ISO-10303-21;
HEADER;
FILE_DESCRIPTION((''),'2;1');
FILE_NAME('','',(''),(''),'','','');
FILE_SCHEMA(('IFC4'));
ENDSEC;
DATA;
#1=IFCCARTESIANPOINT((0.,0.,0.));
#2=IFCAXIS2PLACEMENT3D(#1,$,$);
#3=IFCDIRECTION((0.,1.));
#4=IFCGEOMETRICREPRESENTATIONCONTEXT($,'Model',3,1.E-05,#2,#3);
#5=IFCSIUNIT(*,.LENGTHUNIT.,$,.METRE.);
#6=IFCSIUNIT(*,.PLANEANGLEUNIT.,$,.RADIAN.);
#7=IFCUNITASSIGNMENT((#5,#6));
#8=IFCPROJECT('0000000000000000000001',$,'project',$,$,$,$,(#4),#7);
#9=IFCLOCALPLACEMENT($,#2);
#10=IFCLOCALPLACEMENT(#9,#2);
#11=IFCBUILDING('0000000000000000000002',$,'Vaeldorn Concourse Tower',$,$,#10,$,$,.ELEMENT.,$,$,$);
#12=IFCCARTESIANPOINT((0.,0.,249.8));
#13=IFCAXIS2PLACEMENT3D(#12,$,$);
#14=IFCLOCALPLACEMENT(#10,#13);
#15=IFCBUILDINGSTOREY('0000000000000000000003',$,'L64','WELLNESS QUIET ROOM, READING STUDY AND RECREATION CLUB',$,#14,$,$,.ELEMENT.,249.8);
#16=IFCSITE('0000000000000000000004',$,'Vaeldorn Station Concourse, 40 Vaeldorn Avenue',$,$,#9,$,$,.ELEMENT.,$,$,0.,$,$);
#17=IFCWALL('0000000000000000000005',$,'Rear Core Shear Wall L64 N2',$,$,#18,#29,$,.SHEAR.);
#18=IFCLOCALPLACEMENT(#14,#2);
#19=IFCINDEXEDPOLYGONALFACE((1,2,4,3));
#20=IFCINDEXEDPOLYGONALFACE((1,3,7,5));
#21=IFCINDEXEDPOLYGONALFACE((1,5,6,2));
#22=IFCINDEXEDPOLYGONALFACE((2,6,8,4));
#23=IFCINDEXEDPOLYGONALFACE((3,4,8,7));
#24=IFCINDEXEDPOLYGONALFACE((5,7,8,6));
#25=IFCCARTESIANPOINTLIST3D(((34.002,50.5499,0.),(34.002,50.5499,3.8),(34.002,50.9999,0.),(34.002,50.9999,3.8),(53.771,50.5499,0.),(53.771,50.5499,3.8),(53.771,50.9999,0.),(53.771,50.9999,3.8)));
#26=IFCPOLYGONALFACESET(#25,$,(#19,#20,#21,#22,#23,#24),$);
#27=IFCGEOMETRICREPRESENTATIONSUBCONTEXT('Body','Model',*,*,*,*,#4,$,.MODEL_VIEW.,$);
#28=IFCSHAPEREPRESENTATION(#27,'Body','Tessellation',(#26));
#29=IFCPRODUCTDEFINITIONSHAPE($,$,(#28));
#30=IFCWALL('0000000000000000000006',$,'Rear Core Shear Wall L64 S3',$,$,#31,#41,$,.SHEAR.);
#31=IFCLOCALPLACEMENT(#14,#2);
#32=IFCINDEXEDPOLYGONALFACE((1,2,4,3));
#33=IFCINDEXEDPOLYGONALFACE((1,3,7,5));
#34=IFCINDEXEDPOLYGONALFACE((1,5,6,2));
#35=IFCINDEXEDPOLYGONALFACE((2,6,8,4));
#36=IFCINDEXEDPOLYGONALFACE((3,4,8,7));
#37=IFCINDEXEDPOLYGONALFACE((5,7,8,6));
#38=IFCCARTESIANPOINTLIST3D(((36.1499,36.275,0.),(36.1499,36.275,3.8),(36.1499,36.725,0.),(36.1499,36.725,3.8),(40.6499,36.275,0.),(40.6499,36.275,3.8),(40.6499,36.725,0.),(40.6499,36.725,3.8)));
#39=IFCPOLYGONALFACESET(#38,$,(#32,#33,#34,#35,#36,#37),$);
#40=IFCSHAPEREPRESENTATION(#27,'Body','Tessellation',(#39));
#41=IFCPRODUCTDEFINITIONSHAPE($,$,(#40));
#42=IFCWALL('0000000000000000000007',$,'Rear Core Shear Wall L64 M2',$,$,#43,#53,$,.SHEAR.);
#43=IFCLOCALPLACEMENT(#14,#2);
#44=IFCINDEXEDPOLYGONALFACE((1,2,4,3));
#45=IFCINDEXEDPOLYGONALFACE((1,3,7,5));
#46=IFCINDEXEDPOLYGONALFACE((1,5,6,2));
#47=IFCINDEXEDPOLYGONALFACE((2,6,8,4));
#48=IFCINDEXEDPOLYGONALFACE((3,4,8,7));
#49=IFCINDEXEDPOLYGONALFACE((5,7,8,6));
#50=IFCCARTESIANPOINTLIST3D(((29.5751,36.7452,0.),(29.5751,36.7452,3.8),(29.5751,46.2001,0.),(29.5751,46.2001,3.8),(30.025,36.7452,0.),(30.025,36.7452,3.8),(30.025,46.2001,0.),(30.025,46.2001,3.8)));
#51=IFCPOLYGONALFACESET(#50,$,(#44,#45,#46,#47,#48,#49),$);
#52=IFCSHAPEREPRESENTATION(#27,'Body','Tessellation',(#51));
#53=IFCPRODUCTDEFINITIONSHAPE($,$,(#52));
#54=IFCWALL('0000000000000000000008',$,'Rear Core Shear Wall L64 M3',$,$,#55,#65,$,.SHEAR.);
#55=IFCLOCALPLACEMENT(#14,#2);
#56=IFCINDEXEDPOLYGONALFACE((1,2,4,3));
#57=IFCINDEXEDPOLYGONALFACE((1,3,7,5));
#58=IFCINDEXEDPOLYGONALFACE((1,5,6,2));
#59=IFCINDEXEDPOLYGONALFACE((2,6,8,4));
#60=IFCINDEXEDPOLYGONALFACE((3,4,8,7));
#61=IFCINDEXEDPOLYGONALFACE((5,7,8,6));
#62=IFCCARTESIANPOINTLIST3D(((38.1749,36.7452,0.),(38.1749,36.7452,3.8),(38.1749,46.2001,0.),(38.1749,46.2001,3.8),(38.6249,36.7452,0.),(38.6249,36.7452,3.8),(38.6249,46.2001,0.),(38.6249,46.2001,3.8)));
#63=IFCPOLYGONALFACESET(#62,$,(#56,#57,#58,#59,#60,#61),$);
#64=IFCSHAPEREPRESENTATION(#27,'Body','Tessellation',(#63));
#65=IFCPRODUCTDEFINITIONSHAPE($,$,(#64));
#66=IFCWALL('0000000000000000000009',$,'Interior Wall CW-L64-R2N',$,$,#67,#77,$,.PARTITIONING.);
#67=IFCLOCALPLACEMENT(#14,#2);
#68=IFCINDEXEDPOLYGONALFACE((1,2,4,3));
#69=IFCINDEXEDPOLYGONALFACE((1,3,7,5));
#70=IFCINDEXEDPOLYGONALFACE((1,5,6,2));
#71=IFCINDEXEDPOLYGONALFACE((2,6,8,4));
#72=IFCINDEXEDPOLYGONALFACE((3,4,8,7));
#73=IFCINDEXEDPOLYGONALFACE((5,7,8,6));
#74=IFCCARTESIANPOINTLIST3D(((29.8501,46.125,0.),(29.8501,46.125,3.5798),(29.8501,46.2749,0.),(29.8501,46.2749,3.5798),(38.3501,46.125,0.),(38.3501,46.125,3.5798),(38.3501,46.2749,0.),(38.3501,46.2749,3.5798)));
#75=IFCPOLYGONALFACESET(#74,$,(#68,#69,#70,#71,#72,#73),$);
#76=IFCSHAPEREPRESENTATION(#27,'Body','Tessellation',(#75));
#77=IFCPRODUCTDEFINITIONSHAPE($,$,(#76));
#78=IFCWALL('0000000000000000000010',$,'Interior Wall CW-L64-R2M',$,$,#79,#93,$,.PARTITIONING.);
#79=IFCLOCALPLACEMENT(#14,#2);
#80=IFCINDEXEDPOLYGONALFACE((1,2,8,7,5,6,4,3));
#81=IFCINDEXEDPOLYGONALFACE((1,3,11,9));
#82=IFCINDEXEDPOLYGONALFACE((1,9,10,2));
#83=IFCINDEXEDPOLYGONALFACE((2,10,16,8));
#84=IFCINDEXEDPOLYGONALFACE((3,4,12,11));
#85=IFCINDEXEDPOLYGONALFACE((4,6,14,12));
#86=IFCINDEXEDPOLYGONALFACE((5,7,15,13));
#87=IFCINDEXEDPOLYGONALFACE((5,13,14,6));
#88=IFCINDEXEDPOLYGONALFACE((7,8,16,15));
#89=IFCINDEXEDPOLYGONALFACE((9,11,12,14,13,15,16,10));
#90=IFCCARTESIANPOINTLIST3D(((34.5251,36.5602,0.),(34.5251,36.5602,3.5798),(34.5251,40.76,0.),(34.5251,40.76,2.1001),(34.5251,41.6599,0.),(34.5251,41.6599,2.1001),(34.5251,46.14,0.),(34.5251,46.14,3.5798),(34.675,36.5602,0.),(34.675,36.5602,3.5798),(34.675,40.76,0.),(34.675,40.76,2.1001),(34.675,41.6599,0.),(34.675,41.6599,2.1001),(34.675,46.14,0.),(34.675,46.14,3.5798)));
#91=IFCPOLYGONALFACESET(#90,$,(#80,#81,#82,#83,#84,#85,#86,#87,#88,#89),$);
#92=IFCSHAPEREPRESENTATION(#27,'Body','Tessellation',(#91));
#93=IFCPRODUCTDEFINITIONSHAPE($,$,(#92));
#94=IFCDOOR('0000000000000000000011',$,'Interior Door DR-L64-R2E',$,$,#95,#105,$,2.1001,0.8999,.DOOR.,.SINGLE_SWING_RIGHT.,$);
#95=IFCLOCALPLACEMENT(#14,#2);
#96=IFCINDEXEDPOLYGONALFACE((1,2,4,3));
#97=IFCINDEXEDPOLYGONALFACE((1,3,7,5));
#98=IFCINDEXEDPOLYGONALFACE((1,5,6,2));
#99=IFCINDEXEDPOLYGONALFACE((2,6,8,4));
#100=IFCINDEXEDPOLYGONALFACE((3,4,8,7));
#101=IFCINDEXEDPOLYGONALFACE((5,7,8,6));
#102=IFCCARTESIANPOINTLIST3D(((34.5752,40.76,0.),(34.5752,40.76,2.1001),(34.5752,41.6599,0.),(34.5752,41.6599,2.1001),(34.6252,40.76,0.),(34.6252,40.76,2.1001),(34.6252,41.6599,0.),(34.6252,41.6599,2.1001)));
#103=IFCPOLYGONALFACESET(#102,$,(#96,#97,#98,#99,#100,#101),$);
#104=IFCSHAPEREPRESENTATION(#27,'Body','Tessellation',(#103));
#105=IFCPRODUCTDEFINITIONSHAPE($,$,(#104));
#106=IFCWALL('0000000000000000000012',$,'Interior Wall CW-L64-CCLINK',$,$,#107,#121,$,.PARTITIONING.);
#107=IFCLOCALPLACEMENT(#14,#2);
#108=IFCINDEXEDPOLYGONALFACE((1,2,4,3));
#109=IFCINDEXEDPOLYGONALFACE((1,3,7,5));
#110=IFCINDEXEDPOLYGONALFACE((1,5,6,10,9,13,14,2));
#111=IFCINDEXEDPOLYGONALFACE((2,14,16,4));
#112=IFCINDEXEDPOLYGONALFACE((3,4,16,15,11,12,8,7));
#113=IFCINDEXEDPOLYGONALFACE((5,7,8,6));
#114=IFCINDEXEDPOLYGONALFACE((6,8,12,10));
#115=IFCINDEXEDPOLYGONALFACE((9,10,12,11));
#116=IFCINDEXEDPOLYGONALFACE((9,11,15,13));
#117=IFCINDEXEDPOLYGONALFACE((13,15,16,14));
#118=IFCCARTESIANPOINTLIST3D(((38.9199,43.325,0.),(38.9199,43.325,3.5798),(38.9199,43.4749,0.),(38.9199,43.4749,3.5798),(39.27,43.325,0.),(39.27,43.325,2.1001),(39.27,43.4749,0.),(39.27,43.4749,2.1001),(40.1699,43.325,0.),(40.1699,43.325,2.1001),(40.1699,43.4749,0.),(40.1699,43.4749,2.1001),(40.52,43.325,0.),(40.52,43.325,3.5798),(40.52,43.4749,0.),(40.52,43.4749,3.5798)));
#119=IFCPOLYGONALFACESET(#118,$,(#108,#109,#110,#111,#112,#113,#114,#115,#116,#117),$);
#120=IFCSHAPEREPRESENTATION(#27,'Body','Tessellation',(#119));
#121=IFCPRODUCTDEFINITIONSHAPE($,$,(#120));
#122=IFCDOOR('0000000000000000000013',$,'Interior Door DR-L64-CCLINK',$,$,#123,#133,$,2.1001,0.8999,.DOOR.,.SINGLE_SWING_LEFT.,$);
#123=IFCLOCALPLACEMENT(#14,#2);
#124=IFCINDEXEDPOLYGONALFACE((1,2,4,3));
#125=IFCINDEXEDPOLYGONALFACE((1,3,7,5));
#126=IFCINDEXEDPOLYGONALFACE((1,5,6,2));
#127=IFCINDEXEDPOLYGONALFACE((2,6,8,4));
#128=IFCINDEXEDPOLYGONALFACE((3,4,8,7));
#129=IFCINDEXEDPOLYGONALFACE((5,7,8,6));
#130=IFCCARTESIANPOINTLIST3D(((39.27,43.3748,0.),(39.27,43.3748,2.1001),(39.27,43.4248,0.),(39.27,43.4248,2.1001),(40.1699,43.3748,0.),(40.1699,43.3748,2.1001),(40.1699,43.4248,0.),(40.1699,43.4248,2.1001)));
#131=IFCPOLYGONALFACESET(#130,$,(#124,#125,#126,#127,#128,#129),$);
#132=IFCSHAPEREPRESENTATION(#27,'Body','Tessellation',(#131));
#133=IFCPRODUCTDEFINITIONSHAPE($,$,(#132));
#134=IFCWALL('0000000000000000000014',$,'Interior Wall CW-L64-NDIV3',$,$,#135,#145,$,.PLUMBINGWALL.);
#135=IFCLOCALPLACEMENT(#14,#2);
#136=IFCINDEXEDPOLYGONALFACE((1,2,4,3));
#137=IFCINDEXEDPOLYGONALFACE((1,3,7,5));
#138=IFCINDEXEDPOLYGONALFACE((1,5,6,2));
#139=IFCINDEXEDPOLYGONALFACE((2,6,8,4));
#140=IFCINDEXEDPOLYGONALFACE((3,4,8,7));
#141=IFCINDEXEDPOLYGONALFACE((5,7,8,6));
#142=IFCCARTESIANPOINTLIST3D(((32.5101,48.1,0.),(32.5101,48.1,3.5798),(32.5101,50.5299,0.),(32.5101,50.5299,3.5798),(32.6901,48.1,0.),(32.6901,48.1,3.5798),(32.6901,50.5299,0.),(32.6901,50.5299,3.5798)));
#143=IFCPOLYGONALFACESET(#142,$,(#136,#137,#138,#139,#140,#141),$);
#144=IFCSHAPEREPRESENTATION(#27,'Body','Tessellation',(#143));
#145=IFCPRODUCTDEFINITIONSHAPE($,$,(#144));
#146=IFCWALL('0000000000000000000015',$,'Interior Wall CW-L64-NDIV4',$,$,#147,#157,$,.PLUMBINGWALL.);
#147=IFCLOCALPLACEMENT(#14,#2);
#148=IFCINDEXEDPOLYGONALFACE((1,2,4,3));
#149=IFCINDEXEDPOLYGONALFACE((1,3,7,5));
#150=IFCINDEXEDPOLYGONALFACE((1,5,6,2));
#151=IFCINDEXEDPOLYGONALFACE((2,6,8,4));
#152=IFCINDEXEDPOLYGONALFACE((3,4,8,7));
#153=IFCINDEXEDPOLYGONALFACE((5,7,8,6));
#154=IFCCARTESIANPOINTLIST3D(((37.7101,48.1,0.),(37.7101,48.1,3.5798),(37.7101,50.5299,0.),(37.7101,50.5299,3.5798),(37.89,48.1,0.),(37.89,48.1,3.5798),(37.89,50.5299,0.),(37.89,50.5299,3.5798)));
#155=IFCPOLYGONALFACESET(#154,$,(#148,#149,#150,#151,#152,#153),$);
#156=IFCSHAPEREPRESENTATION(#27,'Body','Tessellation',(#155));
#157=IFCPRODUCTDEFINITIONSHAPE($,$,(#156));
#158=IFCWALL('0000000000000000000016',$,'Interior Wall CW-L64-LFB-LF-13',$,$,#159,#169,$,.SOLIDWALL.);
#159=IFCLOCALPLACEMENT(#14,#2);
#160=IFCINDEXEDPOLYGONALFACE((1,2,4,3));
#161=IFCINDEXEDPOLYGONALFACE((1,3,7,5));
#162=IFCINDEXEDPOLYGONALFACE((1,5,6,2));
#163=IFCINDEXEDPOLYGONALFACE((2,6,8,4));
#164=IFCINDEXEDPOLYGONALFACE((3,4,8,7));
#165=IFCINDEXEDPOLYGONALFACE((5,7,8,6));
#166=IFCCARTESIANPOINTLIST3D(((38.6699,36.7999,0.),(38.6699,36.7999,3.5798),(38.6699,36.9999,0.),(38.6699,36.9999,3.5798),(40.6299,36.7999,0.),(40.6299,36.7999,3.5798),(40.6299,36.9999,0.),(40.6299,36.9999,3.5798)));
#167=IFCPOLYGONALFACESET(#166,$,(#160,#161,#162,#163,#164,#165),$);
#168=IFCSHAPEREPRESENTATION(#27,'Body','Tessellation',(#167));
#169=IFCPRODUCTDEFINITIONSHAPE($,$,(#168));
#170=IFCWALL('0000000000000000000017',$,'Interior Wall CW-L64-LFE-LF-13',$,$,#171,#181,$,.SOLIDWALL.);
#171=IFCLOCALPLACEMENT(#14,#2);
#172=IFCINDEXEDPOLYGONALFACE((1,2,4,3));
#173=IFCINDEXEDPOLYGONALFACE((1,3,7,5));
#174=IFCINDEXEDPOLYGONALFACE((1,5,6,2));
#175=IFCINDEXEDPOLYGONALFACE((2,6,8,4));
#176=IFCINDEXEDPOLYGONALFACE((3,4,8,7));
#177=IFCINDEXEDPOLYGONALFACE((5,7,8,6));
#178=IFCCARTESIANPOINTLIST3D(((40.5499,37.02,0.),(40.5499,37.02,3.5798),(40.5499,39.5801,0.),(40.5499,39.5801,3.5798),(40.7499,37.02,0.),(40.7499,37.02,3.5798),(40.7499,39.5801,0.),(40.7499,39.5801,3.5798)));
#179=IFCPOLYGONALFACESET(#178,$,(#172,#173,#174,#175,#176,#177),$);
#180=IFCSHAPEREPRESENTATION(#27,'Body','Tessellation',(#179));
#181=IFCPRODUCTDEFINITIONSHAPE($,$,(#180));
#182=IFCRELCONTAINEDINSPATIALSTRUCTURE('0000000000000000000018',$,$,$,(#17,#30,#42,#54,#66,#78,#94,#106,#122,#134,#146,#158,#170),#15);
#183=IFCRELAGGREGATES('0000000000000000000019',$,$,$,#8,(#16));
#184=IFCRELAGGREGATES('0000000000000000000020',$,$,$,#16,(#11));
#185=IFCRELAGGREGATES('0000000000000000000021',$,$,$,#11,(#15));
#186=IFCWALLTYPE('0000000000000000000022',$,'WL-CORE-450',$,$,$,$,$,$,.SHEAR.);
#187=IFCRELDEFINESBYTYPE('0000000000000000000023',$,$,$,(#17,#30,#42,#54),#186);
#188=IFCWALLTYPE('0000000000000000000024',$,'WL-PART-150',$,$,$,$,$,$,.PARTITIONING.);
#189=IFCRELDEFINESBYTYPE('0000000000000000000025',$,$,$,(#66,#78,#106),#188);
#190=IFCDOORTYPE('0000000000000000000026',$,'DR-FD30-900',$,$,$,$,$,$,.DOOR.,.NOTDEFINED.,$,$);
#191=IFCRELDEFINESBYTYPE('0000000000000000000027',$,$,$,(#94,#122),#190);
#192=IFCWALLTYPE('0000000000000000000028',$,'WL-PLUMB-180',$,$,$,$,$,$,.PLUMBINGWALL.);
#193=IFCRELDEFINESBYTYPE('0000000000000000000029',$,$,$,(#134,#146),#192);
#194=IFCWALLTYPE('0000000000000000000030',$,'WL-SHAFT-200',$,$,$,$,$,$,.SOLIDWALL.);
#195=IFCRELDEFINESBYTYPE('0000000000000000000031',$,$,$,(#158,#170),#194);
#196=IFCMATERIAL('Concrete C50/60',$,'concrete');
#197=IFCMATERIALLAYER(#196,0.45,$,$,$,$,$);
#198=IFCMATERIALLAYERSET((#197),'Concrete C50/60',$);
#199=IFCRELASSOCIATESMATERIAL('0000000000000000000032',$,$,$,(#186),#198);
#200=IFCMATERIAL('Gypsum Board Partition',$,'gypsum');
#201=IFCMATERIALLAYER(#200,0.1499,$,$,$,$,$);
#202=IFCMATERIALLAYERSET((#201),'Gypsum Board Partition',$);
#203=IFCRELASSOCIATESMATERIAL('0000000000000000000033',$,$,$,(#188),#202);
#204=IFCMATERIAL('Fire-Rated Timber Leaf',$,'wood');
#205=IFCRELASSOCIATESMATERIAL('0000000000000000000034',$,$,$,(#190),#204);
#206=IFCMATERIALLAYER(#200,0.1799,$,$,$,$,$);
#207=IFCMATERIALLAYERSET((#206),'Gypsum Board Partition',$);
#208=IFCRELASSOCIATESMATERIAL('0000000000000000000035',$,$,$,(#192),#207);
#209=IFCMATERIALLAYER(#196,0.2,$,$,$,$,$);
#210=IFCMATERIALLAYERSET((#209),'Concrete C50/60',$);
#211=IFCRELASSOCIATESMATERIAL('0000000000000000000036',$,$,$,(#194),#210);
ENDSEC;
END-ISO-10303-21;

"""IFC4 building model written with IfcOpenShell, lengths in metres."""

from ifc_helpers import new_model, si_unit, direction, frame, frame_2d, origin, place, context, subcontext, project, spatial, rectangle, extrude, source, transform, mapped, material, layer, layer_set, type_object, element, fill, save


model = new_model("IFC4")

# Units and contexts
model_context = context("Model", 3, precision=1e-05, world=origin(), true_north=direction((0.0, 1.0)))
body_context = subcontext(model_context, "Body", "Model", "MODEL_VIEW")
ifc_project = project(units=[si_unit("LENGTHUNIT", "METRE"), si_unit("PLANEANGLEUNIT", "RADIAN")], contexts=[model_context])

# Site, building, storey
site_placement = place(None, origin())
site = spatial("IfcSite", under=ifc_project, at=site_placement, Name="Vaeldorn Station Concourse, 40 Vaeldorn Avenue", CompositionType="ELEMENT", RefElevation=0.0)
building_placement = place(site_placement, origin())
building = spatial("IfcBuilding", under=site, at=building_placement, Name="Vaeldorn Concourse Tower", CompositionType="ELEMENT")
storey_placement = place(building_placement, frame((0.0, 0.0, 249.8)))
storey = spatial("IfcBuildingStorey", under=building, at=storey_placement, Name="L64", Description="WELLNESS QUIET ROOM, READING STUDY AND RECREATION CLUB", CompositionType="ELEMENT", Elevation=249.8)

# Walls
ifc_material_1 = material(Name="Concrete C50/60", Category="concrete")
ifc_layer_1 = layer(ifc_material_1, 0.45)
ifc_layer_set_1 = layer_set([ifc_layer_1], Name="Concrete C50/60")
wall_type_1 = type_object("IfcWallType", Name="WL-CORE-450", PredefinedType="SHEAR", material=ifc_layer_set_1)
wall_1_placement = place(storey_placement, frame((34.002, 50.7749, 0.0), z_axis=(0.0, 0.0, 1.0), x_axis=(1.0, 0.0, 0.0)))
element("IfcWall", 1, at=wall_1_placement, inside=storey, type_object=wall_type_1, Name="Rear Core Shear Wall L64 N2", PredefinedType="SHEAR", context=body_context, shape_type="SweptSolid", body=[
    extrude(rectangle(XDim=19.769, YDim=0.45, at=frame_2d((9.8845, 0.0))), origin(), (0.0, 0.0, 1.0), 3.8),
])
wall_2_placement = place(storey_placement, frame((36.1499, 36.5, 0.0), z_axis=(0.0, 0.0, 1.0), x_axis=(1.0, 0.0, 0.0)))
element("IfcWall", 2, at=wall_2_placement, inside=storey, type_object=wall_type_1, Name="Rear Core Shear Wall L64 S3", PredefinedType="SHEAR", context=body_context, shape_type="SweptSolid", body=[
    extrude(rectangle(XDim=4.5, YDim=0.45, at=frame_2d((2.25, 0.0))), origin(), (0.0, 0.0, 1.0), 3.8),
])
for number, where, z_axis, x_axis, name in (
    (3, (29.8, 36.7451, 0.0), (0.0, 0.0, 1.0), (0.0, 1.0, 0.0), "Rear Core Shear Wall L64 M2"),
    (4, (38.3999, 36.7451, 0.0), (0.0, 0.0, 1.0), (0.0, 1.0, 0.0), "Rear Core Shear Wall L64 M3"),
):
    element("IfcWall", number, at=place(storey_placement, frame(where, z_axis=z_axis, x_axis=x_axis)), inside=storey, type_object=wall_type_1, Name=name, PredefinedType="SHEAR", context=body_context, shape_type="SweptSolid", body=[
        extrude(rectangle(XDim=9.4548, YDim=0.45, at=frame_2d((4.7275, 0.0))), origin(), (0.0, 0.0, 1.0), 3.8),
    ])
ifc_material_2 = material(Name="Gypsum Board Partition", Category="gypsum")
ifc_layer_2 = layer(ifc_material_2, 0.1499)
ifc_layer_set_2 = layer_set([ifc_layer_2], Name="Gypsum Board Partition")
wall_type_2 = type_object("IfcWallType", Name="WL-PART-150", PredefinedType="PARTITIONING", material=ifc_layer_set_2)
wall_3_placement = place(storey_placement, frame((29.8501, 46.2, 0.0), z_axis=(0.0, 0.0, 1.0), x_axis=(1.0, 0.0, 0.0)))
element("IfcWall", 5, at=wall_3_placement, inside=storey, type_object=wall_type_2, Name="Interior Wall CW-L64-R2N", PredefinedType="PARTITIONING", context=body_context, shape_type="SweptSolid", body=[
    extrude(rectangle(XDim=8.5, YDim=0.1499, at=frame_2d((4.25, 0.0))), origin(), (0.0, 0.0, 1.0), 3.5798),
])

# Walls, openings, doors
wall_4_placement = place(storey_placement, frame((34.6001, 36.5601, 0.0), z_axis=(0.0, 0.0, 1.0), x_axis=(0.0, 1.0, 0.0)))
wall_4 = element("IfcWall", 6, at=wall_4_placement, inside=storey, type_object=wall_type_2, Name="Interior Wall CW-L64-R2M", PredefinedType="PARTITIONING", context=body_context, shape_type="SweptSolid", body=[
    extrude(rectangle(XDim=9.5798, YDim=0.1499, at=frame_2d((4.79, 0.0))), origin(), (0.0, 0.0, 1.0), 3.5798),
])
opening_1_placement = place(wall_4_placement, frame((4.2, 0.0, 0.0)))
opening_1 = element("IfcOpeningElement", 7, at=opening_1_placement, cuts=wall_4, PredefinedType="OPENING", context=body_context, shape_type="SweptSolid", body=[
    extrude(rectangle(XDim=0.8999, YDim=2.1001, at=frame_2d((0.45, 1.05))), frame((0.0, 0.085, 0.0), z_axis=(0.0, -1.0, 0.0), x_axis=(1.0, 0.0, 0.0)), (0.0, 0.0, 1.0), 0.1699),
])
ifc_material_3 = material(Name="Fire-Rated Timber Leaf", Category="wood")
door_type_1 = type_object("IfcDoorType", Name="DR-FD30-900", OperationType="NOTDEFINED", PredefinedType="DOOR", material=ifc_material_3)
shared_shape_1 = source(origin(), body_context, "Body", "SweptSolid", [
    extrude(rectangle(XDim=0.8999, YDim=2.1001, at=frame_2d((0.45, 1.05))), frame((0.0, 0.0249, 0.0), z_axis=(0.0, -1.0, 0.0), x_axis=(1.0, 0.0, 0.0)), (0.0, 0.0, 1.0), 0.05),
])
door_1_placement = place(opening_1_placement, origin())
door_1 = element("IfcDoor", 8, at=door_1_placement, inside=storey, type_object=door_type_1, Name="Interior Door DR-L64-R2E", OperationType="SINGLE_SWING_RIGHT", OverallHeight=2.1001, OverallWidth=0.8999, PredefinedType="DOOR", context=body_context, shape_type="MappedRepresentation", body=[
    mapped(shared_shape_1, transform((0.0, 0.0, 0.0), scale=1.0)),
])
fill(opening_1, door_1)
wall_5_placement = place(storey_placement, frame((38.9199, 43.3999, 0.0), z_axis=(0.0, 0.0, 1.0), x_axis=(1.0, 0.0, 0.0)))
wall_5 = element("IfcWall", 9, at=wall_5_placement, inside=storey, type_object=wall_type_2, Name="Interior Wall CW-L64-CCLINK", PredefinedType="PARTITIONING", context=body_context, shape_type="SweptSolid", body=[
    extrude(rectangle(XDim=1.6001, YDim=0.1499, at=frame_2d((0.8, 0.0))), origin(), (0.0, 0.0, 1.0), 3.5798),
])
opening_2_placement = place(wall_5_placement, frame((0.3501, 0.0, 0.0)))
opening_2 = element("IfcOpeningElement", 10, at=opening_2_placement, cuts=wall_5, PredefinedType="OPENING", context=body_context, shape_type="SweptSolid", body=[
    extrude(rectangle(XDim=0.8999, YDim=2.1001, at=frame_2d((0.45, 1.05))), frame((0.0, 0.085, 0.0), z_axis=(0.0, -1.0, 0.0), x_axis=(1.0, 0.0, 0.0)), (0.0, 0.0, 1.0), 0.1699),
])
door_2_placement = place(opening_2_placement, origin())
door_2 = element("IfcDoor", 11, at=door_2_placement, inside=storey, type_object=door_type_1, Name="Interior Door DR-L64-CCLINK", OperationType="SINGLE_SWING_LEFT", OverallHeight=2.1001, OverallWidth=0.8999, PredefinedType="DOOR", context=body_context, shape_type="MappedRepresentation", body=[
    mapped(shared_shape_1, transform((0.0, 0.0, 0.0), scale=1.0)),
])
fill(opening_2, door_2)

# Walls
ifc_layer_3 = layer(ifc_material_2, 0.1799)
ifc_layer_set_3 = layer_set([ifc_layer_3], Name="Gypsum Board Partition")
wall_type_3 = type_object("IfcWallType", Name="WL-PLUMB-180", PredefinedType="PLUMBINGWALL", material=ifc_layer_set_3)
for number, where, z_axis, x_axis, name in (
    (12, (32.6001, 48.1001, 0.0), (0.0, 0.0, 1.0), (0.0, 1.0, 0.0), "Interior Wall CW-L64-NDIV3"),
    (13, (37.8, 48.1001, 0.0), (0.0, 0.0, 1.0), (0.0, 1.0, 0.0), "Interior Wall CW-L64-NDIV4"),
):
    element("IfcWall", number, at=place(storey_placement, frame(where, z_axis=z_axis, x_axis=x_axis)), inside=storey, type_object=wall_type_3, Name=name, PredefinedType="PLUMBINGWALL", context=body_context, shape_type="SweptSolid", body=[
        extrude(rectangle(XDim=2.4299, YDim=0.1799, at=frame_2d((1.2148, 0.0))), origin(), (0.0, 0.0, 1.0), 3.5798),
    ])

# Shared definitions
ifc_layer_4 = layer(ifc_material_1, 0.2)
ifc_layer_set_4 = layer_set([ifc_layer_4], Name="Concrete C50/60")
wall_type_4 = type_object("IfcWallType", Name="WL-SHAFT-200", PredefinedType="SOLIDWALL", material=ifc_layer_set_4)

# Walls
wall_6_placement = place(storey_placement, frame((38.6699, 36.8999, 0.0), z_axis=(0.0, 0.0, 1.0), x_axis=(1.0, 0.0, 0.0)))
element("IfcWall", 14, at=wall_6_placement, inside=storey, type_object=wall_type_4, Name="Interior Wall CW-L64-LFB-LF-13", PredefinedType="SOLIDWALL", context=body_context, shape_type="SweptSolid", body=[
    extrude(rectangle(XDim=1.96, YDim=0.2, at=frame_2d((0.98, 0.0))), origin(), (0.0, 0.0, 1.0), 3.5798),
])
wall_7_placement = place(storey_placement, frame((40.6499, 37.02, 0.0), z_axis=(0.0, 0.0, 1.0), x_axis=(0.0, 1.0, 0.0)))
element("IfcWall", 15, at=wall_7_placement, inside=storey, type_object=wall_type_4, Name="Interior Wall CW-L64-LFE-LF-13", PredefinedType="SOLIDWALL", context=body_context, shape_type="SweptSolid", body=[
    extrude(rectangle(XDim=2.5601, YDim=0.2, at=frame_2d((1.28, 0.0))), origin(), (0.0, 0.0, 1.0), 3.5798),
])

save(model, "model.ifc")
